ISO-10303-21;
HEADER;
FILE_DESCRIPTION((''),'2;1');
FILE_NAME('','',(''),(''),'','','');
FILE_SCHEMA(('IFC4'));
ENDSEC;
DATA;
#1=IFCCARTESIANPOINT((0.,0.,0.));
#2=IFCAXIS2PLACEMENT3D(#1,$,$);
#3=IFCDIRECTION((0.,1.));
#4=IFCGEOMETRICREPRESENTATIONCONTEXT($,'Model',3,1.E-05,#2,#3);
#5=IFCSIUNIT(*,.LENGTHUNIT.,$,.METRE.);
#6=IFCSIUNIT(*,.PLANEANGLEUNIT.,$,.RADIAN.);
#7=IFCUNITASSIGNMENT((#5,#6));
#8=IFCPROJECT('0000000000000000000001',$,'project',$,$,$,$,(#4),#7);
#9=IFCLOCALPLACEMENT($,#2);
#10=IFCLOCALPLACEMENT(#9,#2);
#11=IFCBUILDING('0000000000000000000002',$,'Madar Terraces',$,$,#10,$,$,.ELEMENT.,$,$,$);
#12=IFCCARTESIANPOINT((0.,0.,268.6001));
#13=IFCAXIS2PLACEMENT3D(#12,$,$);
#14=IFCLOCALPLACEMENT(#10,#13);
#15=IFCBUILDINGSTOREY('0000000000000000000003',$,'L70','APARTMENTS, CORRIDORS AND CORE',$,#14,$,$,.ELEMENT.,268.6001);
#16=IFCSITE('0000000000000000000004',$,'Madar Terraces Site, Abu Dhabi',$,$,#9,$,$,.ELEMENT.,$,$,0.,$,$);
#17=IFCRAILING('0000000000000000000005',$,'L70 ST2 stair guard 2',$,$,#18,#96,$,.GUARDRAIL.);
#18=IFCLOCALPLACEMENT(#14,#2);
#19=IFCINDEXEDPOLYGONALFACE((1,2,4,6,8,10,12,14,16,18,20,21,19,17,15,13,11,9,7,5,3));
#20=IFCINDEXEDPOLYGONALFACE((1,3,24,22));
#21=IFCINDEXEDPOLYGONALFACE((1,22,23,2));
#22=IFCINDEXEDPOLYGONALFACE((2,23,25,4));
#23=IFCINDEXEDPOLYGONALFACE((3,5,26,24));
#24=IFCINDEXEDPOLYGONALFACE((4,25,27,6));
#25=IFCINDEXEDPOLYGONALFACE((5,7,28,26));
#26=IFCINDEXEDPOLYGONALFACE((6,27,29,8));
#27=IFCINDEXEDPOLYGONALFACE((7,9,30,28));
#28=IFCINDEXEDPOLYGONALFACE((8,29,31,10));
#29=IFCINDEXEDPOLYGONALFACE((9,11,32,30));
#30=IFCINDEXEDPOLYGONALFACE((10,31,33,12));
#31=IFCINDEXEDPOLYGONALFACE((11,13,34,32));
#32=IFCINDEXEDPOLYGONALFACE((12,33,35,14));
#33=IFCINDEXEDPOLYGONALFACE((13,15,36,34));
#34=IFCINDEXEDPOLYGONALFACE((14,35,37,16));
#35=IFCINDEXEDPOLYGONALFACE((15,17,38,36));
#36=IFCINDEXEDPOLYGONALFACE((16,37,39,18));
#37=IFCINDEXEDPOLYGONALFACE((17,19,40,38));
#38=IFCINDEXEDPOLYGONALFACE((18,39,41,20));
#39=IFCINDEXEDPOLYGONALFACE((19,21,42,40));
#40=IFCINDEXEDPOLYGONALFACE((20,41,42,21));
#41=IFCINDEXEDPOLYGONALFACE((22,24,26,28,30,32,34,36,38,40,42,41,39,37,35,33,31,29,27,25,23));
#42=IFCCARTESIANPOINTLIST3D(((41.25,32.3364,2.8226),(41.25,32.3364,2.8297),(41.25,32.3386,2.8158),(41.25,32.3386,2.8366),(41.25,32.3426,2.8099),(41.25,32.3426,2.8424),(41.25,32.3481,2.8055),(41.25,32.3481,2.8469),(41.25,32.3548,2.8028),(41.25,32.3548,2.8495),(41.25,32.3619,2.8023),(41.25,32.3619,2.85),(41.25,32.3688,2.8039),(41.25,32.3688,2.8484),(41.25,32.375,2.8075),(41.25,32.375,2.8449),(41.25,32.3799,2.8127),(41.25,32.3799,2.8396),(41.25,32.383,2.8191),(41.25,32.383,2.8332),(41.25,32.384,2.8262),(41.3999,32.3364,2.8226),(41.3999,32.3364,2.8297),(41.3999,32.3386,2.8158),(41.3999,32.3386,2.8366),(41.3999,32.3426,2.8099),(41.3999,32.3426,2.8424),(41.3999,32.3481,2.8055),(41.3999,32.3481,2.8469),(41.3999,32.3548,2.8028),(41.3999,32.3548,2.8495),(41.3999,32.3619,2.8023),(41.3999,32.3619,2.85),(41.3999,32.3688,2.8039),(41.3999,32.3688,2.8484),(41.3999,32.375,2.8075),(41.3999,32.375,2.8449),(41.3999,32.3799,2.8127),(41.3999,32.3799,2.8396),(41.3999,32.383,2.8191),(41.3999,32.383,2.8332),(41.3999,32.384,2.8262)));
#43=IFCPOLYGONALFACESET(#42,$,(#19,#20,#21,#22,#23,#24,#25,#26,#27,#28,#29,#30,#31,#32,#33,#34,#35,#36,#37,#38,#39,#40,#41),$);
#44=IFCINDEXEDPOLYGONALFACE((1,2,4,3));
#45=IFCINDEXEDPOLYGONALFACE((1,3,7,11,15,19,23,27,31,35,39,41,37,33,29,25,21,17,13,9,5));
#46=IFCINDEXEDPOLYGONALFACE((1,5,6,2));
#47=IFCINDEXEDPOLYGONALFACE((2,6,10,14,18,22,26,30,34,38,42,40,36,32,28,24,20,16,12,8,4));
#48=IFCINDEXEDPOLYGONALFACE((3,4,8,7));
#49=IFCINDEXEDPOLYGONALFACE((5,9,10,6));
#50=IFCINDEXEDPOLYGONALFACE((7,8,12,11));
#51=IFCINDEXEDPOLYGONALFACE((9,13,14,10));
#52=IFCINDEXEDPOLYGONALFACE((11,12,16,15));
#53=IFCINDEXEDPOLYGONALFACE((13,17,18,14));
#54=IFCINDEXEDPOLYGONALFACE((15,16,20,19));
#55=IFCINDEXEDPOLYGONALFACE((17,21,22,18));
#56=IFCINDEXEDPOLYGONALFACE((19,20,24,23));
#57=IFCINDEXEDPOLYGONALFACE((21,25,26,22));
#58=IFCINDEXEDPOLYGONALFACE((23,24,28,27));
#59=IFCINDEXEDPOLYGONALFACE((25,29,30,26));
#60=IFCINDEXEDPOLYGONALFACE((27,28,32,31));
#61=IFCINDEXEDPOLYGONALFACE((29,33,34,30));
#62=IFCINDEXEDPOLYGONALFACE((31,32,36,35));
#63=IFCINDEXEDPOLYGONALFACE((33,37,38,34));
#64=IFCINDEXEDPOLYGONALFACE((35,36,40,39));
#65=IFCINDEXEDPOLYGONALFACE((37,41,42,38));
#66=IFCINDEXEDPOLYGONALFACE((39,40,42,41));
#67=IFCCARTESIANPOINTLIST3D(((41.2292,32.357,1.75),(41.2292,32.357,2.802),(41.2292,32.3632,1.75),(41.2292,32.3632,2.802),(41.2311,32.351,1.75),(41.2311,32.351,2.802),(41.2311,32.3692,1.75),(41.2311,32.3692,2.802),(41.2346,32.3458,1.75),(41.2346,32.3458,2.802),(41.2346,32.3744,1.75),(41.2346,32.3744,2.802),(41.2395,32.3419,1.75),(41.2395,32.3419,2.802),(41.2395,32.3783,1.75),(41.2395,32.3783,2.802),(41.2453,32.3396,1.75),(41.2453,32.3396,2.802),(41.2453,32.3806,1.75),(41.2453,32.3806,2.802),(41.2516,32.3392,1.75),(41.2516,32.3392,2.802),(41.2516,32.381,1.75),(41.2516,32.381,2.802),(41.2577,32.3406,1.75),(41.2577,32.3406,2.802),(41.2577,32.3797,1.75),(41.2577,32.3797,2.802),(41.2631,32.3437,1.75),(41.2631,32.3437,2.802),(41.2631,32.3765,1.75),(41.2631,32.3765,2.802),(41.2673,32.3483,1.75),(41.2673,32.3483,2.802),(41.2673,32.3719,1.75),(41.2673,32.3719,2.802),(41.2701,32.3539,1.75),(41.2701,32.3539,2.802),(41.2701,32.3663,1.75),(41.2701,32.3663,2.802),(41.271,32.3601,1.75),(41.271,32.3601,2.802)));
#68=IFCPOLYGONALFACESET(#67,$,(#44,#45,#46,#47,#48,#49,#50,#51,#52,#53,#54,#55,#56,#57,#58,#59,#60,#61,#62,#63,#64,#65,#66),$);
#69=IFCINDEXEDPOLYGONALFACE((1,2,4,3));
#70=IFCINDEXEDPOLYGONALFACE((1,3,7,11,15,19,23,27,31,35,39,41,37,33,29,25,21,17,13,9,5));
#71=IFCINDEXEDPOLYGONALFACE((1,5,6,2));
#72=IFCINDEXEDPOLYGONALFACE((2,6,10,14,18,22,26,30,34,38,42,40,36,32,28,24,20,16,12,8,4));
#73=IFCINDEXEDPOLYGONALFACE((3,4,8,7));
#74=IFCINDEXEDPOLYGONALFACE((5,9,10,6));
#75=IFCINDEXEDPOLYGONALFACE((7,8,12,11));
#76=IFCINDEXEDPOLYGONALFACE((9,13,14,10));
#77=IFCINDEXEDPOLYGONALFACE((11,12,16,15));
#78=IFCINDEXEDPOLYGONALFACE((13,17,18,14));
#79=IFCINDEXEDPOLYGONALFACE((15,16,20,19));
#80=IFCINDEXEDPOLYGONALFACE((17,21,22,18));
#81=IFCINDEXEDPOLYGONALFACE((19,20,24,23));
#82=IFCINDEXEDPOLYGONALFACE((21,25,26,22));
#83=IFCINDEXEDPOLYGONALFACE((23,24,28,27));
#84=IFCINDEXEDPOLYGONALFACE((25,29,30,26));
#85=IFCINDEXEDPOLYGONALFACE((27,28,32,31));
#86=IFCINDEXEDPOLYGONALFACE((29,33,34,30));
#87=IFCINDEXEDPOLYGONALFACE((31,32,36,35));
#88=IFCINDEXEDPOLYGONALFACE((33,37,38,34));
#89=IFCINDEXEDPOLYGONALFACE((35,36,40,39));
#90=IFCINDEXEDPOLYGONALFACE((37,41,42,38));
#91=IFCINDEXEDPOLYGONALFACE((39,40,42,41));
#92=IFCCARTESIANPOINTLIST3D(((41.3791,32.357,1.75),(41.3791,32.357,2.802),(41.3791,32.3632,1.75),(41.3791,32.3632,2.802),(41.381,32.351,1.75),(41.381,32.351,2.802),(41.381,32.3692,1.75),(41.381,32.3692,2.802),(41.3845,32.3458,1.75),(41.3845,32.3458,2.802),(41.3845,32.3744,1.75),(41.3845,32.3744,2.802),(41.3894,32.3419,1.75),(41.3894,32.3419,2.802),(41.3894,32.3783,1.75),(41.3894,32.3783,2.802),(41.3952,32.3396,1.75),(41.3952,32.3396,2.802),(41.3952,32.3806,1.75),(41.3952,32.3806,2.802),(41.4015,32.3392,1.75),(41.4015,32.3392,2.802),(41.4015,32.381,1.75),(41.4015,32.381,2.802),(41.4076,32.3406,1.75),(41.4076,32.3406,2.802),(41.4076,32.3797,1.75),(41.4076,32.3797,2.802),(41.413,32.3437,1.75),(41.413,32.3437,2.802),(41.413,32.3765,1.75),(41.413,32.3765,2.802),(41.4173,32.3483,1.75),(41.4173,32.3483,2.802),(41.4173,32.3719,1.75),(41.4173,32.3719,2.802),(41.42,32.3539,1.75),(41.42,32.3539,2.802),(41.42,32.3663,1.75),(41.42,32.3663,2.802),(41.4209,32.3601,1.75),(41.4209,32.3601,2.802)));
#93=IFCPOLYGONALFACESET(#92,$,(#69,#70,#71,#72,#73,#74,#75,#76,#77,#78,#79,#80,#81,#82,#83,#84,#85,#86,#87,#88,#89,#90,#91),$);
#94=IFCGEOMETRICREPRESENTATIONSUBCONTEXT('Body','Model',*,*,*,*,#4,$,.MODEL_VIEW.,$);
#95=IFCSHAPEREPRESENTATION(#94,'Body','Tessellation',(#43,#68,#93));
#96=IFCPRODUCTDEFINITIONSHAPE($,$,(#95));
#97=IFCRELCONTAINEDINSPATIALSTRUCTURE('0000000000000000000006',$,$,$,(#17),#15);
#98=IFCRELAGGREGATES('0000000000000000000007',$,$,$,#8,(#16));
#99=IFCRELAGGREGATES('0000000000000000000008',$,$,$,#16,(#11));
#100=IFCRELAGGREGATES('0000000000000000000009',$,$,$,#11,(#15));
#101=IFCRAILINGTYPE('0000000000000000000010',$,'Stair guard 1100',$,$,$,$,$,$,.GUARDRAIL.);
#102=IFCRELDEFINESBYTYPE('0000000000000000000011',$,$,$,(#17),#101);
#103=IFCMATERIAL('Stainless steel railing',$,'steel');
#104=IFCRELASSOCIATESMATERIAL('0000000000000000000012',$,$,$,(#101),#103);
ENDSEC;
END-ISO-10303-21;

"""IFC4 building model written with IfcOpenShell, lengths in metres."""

from ifc_helpers import new_model, si_unit, direction, frame, origin, origin_2d, place, context, subcontext, project, spatial, circle, extrude, material, type_object, element, save


model = new_model("IFC4")

# Units and contexts
model_context = context("Model", 3, precision=1e-05, world=origin(), true_north=direction((0.0, 1.0)))
body_context = subcontext(model_context, "Body", "Model", "MODEL_VIEW")
ifc_project = project(units=[si_unit("LENGTHUNIT", "METRE"), si_unit("PLANEANGLEUNIT", "RADIAN")], contexts=[model_context])

# Site, building, storey
site_placement = place(None, origin())
site = spatial("IfcSite", under=ifc_project, at=site_placement, Name="Madar Terraces Site, Abu Dhabi", CompositionType="ELEMENT", RefElevation=0.0)
building_placement = place(site_placement, origin())
building = spatial("IfcBuilding", under=site, at=building_placement, Name="Madar Terraces", CompositionType="ELEMENT")
storey_placement = place(building_placement, frame((0.0, 0.0, 268.6001)))
storey = spatial("IfcBuildingStorey", under=building, at=storey_placement, Name="L70", Description="APARTMENTS, CORRIDORS AND CORE", CompositionType="ELEMENT", Elevation=268.6001)

# Railing
ifc_material_1 = material(Name="Stainless steel railing", Category="steel")
railing_type_1 = type_object("IfcRailingType", Name="Stair guard 1100", PredefinedType="GUARDRAIL", material=ifc_material_1)
railing_1_placement = place(storey_placement, frame((41.25, 32.3601, 1.75)))
element("IfcRailing", 1, at=railing_1_placement, inside=storey, type_object=railing_type_1, Name="L70 ST2 stair guard 2", PredefinedType="GUARDRAIL", context=body_context, shape_type="SweptSolid", body=[
    extrude(circle(Radius=0.0239, at=origin_2d()), frame((0.0, 0.0, 1.0762), z_axis=(1.0, 0.0, 0.0), x_axis=(0.0, 1.0, 0.0)), (0.0, 0.0, 1.0), 0.1499),
    extrude(circle(Radius=0.021, at=origin_2d()), origin(), (0.0, 0.0, 1.0), 1.052),
    extrude(circle(Radius=0.021, at=origin_2d()), frame((0.1499, 0.0, 0.0)), (0.0, 0.0, 1.0), 1.052),
])

save(model, "model.ifc")
